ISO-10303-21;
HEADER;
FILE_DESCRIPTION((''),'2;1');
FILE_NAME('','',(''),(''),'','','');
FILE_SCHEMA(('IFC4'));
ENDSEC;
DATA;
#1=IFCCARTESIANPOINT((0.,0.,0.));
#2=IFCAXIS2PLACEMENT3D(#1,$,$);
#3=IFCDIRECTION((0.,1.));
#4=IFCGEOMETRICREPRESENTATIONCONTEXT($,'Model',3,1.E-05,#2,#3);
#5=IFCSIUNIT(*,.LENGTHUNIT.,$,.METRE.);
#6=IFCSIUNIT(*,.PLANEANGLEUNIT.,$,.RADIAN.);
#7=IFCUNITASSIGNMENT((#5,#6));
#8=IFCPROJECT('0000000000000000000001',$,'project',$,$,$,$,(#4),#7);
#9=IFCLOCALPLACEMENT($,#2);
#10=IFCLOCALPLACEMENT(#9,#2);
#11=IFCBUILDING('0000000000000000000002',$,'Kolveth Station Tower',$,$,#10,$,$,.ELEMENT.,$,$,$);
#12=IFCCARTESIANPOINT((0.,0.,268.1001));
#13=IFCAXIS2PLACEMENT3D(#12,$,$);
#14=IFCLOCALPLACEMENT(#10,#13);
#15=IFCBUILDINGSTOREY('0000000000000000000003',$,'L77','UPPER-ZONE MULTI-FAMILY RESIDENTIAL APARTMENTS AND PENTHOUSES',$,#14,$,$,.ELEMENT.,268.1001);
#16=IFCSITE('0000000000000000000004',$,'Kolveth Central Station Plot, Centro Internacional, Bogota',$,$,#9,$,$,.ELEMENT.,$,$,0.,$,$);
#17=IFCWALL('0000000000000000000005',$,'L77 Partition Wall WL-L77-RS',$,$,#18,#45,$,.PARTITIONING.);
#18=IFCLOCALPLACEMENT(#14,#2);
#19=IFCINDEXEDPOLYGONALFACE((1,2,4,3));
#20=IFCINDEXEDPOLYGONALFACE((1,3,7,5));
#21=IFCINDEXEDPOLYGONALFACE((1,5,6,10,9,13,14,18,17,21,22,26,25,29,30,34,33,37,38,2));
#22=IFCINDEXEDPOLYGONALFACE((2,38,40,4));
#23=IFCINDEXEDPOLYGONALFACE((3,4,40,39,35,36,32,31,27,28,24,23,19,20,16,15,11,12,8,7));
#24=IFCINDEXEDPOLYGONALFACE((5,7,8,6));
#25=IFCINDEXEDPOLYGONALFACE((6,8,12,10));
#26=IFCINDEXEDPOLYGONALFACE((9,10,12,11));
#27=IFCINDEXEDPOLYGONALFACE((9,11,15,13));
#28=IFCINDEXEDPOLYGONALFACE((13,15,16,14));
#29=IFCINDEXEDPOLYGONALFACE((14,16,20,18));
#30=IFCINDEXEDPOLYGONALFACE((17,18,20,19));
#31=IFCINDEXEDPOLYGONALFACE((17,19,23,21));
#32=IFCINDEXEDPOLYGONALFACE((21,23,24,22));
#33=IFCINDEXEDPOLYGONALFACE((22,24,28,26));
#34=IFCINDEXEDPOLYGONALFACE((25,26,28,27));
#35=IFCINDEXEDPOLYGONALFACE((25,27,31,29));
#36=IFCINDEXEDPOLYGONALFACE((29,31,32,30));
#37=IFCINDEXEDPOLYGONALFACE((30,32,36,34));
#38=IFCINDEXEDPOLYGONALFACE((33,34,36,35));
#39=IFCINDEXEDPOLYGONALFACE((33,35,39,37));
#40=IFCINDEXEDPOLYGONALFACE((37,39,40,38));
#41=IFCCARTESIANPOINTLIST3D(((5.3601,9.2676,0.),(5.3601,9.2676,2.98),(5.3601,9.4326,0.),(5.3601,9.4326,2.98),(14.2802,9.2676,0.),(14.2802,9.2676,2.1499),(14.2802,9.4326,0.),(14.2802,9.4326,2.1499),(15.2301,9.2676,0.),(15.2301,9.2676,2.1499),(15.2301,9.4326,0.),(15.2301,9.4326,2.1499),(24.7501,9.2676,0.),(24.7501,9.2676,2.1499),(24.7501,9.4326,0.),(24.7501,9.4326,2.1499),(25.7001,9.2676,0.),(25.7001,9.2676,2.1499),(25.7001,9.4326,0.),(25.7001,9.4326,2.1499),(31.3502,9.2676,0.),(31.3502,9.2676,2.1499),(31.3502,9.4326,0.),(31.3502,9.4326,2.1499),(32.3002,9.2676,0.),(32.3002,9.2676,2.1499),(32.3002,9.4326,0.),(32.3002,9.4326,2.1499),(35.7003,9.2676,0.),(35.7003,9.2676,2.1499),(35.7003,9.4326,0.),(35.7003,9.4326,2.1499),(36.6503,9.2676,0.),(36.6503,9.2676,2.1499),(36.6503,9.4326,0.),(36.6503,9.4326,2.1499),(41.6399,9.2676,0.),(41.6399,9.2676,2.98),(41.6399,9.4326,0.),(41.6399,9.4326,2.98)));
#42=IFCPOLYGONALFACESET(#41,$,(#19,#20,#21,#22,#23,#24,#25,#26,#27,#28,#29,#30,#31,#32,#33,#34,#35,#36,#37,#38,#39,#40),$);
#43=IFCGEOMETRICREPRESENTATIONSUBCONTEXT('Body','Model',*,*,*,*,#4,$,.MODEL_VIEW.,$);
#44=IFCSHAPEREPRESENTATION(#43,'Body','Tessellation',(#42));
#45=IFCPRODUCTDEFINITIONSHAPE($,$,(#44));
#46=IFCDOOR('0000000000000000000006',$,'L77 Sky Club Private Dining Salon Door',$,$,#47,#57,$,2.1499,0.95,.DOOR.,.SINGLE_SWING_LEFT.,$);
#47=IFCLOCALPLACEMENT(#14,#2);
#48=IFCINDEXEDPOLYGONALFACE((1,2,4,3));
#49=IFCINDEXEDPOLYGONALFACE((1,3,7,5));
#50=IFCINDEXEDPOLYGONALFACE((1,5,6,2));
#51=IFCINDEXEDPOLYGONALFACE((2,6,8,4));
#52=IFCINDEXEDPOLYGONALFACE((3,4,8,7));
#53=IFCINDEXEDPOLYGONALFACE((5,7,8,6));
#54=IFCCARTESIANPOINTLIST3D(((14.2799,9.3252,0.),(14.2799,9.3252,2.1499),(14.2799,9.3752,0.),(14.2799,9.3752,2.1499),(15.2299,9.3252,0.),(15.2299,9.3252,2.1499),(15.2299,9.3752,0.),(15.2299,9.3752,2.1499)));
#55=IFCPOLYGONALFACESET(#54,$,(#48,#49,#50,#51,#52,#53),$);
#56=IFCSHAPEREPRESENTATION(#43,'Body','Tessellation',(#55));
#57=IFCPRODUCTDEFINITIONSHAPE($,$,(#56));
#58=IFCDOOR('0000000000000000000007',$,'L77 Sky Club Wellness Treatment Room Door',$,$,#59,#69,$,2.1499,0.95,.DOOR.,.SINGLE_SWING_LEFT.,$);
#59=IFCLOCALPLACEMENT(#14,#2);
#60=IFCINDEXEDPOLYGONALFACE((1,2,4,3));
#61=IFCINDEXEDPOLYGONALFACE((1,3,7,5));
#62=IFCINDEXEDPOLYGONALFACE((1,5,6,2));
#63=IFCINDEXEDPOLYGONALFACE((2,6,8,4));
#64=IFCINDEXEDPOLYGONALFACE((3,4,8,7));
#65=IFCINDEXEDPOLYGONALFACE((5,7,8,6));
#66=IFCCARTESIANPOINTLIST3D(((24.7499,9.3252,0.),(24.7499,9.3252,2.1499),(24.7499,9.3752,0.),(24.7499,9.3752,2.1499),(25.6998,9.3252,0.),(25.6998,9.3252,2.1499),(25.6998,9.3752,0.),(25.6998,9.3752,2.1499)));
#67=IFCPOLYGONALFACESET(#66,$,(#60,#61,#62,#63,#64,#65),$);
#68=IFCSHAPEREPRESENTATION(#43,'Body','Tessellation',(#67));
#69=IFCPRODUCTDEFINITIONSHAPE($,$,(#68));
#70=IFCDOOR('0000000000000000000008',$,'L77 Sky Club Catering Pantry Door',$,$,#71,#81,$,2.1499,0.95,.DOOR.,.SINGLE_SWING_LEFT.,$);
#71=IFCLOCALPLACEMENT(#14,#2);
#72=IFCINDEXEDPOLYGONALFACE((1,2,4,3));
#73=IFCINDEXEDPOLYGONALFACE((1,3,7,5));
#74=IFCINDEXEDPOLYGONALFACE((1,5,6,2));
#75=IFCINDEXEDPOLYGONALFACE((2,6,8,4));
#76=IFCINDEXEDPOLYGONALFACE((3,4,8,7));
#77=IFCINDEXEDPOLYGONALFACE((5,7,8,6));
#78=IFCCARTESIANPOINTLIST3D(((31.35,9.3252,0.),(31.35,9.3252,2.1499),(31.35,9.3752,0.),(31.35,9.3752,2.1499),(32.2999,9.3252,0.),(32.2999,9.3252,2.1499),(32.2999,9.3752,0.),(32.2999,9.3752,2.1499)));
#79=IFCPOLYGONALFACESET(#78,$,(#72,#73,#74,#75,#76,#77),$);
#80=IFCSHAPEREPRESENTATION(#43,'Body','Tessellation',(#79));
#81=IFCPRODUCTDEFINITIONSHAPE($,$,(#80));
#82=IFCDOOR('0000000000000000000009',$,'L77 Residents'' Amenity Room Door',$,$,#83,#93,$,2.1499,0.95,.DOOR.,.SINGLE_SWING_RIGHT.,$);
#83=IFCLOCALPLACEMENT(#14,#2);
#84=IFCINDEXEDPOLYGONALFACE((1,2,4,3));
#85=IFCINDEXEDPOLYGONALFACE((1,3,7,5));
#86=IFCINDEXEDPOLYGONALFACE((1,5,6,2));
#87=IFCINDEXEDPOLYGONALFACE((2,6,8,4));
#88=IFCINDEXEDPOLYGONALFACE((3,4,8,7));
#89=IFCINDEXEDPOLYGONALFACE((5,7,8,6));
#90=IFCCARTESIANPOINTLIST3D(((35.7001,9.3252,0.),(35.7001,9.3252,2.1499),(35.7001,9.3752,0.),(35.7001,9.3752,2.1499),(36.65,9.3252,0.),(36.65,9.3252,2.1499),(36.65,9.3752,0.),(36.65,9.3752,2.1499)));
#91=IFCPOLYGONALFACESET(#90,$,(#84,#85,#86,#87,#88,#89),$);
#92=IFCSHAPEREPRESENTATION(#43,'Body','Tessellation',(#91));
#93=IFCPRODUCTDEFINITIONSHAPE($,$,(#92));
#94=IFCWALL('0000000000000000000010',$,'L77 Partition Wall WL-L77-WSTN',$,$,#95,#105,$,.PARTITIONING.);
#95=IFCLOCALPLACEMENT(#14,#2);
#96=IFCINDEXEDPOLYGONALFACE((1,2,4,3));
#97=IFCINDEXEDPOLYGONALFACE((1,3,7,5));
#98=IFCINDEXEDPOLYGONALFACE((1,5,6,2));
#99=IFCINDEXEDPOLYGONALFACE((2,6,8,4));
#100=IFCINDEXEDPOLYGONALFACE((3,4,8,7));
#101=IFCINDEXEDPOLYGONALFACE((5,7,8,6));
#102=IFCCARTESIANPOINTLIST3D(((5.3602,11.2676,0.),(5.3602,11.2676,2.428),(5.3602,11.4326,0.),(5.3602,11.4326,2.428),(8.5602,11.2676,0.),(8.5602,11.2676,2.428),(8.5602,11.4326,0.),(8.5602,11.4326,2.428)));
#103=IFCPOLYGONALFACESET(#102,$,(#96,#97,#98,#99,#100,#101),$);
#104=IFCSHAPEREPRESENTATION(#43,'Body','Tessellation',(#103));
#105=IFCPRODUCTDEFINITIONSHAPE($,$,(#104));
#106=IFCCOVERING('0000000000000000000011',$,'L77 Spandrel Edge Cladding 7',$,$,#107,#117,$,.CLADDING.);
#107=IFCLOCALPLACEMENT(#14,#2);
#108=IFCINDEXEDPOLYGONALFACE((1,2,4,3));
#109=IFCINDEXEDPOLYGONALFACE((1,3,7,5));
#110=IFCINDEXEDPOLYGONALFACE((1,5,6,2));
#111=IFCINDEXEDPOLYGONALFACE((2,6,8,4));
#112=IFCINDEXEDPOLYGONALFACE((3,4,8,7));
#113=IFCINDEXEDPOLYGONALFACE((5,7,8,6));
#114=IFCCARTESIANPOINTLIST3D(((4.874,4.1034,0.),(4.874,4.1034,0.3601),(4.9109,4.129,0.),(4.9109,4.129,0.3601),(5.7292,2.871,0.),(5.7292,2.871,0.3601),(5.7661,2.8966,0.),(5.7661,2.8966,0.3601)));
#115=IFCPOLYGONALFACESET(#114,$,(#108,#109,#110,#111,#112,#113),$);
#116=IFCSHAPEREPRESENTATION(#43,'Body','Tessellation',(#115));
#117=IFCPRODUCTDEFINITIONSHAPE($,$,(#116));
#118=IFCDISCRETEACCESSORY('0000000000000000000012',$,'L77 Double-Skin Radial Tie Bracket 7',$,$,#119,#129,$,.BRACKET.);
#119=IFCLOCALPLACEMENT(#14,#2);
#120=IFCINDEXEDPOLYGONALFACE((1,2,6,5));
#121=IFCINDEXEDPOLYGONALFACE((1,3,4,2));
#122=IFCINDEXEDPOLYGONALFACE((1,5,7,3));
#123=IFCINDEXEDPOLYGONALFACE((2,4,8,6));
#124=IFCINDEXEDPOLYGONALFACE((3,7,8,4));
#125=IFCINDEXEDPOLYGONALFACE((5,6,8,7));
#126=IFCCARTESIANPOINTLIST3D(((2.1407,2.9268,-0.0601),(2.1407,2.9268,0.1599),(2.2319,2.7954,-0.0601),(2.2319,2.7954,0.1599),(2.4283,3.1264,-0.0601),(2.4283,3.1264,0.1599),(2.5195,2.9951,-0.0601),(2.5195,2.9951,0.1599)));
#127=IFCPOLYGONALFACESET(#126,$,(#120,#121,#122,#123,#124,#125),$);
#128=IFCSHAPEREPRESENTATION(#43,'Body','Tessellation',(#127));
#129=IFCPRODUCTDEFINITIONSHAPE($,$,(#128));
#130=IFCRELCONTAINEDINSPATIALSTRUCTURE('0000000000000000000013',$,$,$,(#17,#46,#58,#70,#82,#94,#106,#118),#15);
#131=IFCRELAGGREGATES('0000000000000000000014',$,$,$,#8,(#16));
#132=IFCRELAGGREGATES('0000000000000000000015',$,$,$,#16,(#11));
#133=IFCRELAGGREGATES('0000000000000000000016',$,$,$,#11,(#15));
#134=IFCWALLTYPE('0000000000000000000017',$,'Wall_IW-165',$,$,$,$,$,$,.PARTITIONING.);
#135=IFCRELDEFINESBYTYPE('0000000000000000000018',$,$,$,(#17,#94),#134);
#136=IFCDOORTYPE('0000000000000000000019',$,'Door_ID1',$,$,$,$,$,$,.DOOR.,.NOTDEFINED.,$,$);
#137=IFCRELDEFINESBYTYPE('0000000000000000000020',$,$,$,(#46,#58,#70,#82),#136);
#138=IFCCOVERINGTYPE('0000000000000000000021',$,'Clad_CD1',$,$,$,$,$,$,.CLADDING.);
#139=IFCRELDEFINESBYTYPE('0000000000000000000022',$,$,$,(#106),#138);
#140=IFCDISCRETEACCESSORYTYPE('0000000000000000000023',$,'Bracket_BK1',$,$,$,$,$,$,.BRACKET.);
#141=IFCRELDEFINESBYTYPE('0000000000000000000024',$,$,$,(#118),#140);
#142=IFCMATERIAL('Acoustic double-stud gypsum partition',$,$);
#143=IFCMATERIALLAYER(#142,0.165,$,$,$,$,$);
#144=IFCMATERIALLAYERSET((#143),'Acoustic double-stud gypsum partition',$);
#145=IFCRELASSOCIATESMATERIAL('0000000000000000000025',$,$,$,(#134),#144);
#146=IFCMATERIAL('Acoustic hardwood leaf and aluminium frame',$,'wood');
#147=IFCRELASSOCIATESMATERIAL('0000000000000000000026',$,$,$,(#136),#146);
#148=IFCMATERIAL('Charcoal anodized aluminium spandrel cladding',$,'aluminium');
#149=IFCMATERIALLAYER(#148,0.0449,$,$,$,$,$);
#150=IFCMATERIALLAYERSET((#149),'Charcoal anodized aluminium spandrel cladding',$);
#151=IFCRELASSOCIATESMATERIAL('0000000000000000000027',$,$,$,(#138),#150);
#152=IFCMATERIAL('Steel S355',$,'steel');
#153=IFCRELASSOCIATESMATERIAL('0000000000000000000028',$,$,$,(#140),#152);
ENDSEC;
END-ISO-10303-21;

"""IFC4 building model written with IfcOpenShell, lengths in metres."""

from ifc_helpers import new_model, si_unit, direction, frame, frame_2d, origin, origin_2d, place, context, subcontext, project, spatial, rectangle, extrude, source, transform, mapped, material, layer, layer_set, type_object, element, fill, save


model = new_model("IFC4")

# Units and contexts
model_context = context("Model", 3, precision=1e-05, world=origin(), true_north=direction((0.0, 1.0)))
body_context = subcontext(model_context, "Body", "Model", "MODEL_VIEW")
ifc_project = project(units=[si_unit("LENGTHUNIT", "METRE"), si_unit("PLANEANGLEUNIT", "RADIAN")], contexts=[model_context])

# Site, building, storey
site_placement = place(None, origin())
site = spatial("IfcSite", under=ifc_project, at=site_placement, Name="Kolveth Central Station Plot, Centro Internacional, Bogota", CompositionType="ELEMENT", RefElevation=0.0)
building_placement = place(site_placement, origin())
building = spatial("IfcBuilding", under=site, at=building_placement, Name="Kolveth Station Tower", CompositionType="ELEMENT")
storey_placement = place(building_placement, frame((0.0, 0.0, 268.1001)))
storey = spatial("IfcBuildingStorey", under=building, at=storey_placement, Name="L77", Description="UPPER-ZONE MULTI-FAMILY RESIDENTIAL APARTMENTS AND PENTHOUSES", CompositionType="ELEMENT", Elevation=268.1001)

# Shared definitions
ifc_material_1 = material(Name="Steel S355", Category="steel")

# Wall, openings, doors
ifc_material_2 = material(Name="Acoustic double-stud gypsum partition")
ifc_layer_1 = layer(ifc_material_2, 0.165)
ifc_layer_set_1 = layer_set([ifc_layer_1], Name="Acoustic double-stud gypsum partition")
wall_type = type_object("IfcWallType", Name="Wall_IW-165", PredefinedType="PARTITIONING", material=ifc_layer_set_1)
wall_1_placement = place(storey_placement, frame((5.3601, 9.3501, 0.0), z_axis=(0.0, 0.0, 1.0), x_axis=(1.0, 0.0, 0.0)))
wall_1 = element("IfcWall", 1, at=wall_1_placement, inside=storey, type_object=wall_type, Name="L77 Partition Wall WL-L77-RS", PredefinedType="PARTITIONING", context=body_context, shape_type="SweptSolid", body=[
    extrude(rectangle(XDim=36.2798, YDim=0.165, at=frame_2d((18.1399, 0.0))), origin(), (0.0, 0.0, 1.0), 2.98),
])
opening_1_placement = place(wall_1_placement, frame((8.9199, 0.0, 0.0)))
opening_1 = element("IfcOpeningElement", 2, at=opening_1_placement, cuts=wall_1, PredefinedType="OPENING", context=body_context, shape_type="SweptSolid", body=[
    extrude(rectangle(XDim=0.95, YDim=2.1499, at=frame_2d((0.4751, 1.075))), frame((0.0, 0.0925, 0.0), z_axis=(0.0, -1.0, 0.0), x_axis=(1.0, 0.0, 0.0)), (0.0, 0.0, 1.0), 0.1851),
])
opening_2_placement = place(wall_1_placement, frame((19.3899, 0.0, 0.0)))
opening_2 = element("IfcOpeningElement", 3, at=opening_2_placement, cuts=wall_1, PredefinedType="OPENING", context=body_context, shape_type="SweptSolid", body=[
    extrude(rectangle(XDim=0.95, YDim=2.1499, at=frame_2d((0.4751, 1.075))), frame((0.0, 0.0925, 0.0), z_axis=(0.0, -1.0, 0.0), x_axis=(1.0, 0.0, 0.0)), (0.0, 0.0, 1.0), 0.1851),
])
opening_3_placement = place(wall_1_placement, frame((25.99, 0.0, 0.0)))
opening_3 = element("IfcOpeningElement", 4, at=opening_3_placement, cuts=wall_1, PredefinedType="OPENING", context=body_context, shape_type="SweptSolid", body=[
    extrude(rectangle(XDim=0.95, YDim=2.1499, at=frame_2d((0.4751, 1.075))), frame((0.0, 0.0925, 0.0), z_axis=(0.0, -1.0, 0.0), x_axis=(1.0, 0.0, 0.0)), (0.0, 0.0, 1.0), 0.1851),
])
opening_4_placement = place(wall_1_placement, frame((30.3401, 0.0, 0.0)))
opening_4 = element("IfcOpeningElement", 5, at=opening_4_placement, cuts=wall_1, PredefinedType="OPENING", context=body_context, shape_type="SweptSolid", body=[
    extrude(rectangle(XDim=0.95, YDim=2.1499, at=frame_2d((0.4751, 1.075))), frame((0.0, 0.0925, 0.0), z_axis=(0.0, -1.0, 0.0), x_axis=(1.0, 0.0, 0.0)), (0.0, 0.0, 1.0), 0.1851),
])
ifc_material_3 = material(Name="Acoustic hardwood leaf and aluminium frame", Category="wood")
door_type = type_object("IfcDoorType", Name="Door_ID1", OperationType="NOTDEFINED", PredefinedType="DOOR", material=ifc_material_3)
door_1_placement = place(opening_1_placement, frame((0.95, 0.0, 0.0), z_axis=(0.0, 0.0, 1.0), x_axis=(-1.0, 0.0, 0.0)))
door_1 = element("IfcDoor", 6, at=door_1_placement, inside=storey, type_object=door_type, Name="L77 Sky Club Private Dining Salon Door", OperationType="SINGLE_SWING_LEFT", OverallHeight=2.1499, OverallWidth=0.95, PredefinedType="DOOR", context=body_context, shape_type="SweptSolid", body=[
    extrude(rectangle(XDim=0.95, YDim=2.1499, at=frame_2d((0.4751, 1.075))), frame((0.0, 0.0249, 0.0), z_axis=(0.0, -1.0, 0.0), x_axis=(1.0, 0.0, 0.0)), (0.0, 0.0, 1.0), 0.05),
])
fill(opening_1, door_1)
door_2_placement = place(opening_2_placement, frame((0.95, 0.0, 0.0), z_axis=(0.0, 0.0, 1.0), x_axis=(-1.0, 0.0, 0.0)))
door_2 = element("IfcDoor", 7, at=door_2_placement, inside=storey, type_object=door_type, Name="L77 Sky Club Wellness Treatment Room Door", OperationType="SINGLE_SWING_LEFT", OverallHeight=2.1499, OverallWidth=0.95, PredefinedType="DOOR", context=body_context, shape_type="SweptSolid", body=[
    extrude(rectangle(XDim=0.95, YDim=2.1499, at=frame_2d((0.4751, 1.075))), frame((0.0, 0.0249, 0.0), z_axis=(0.0, -1.0, 0.0), x_axis=(1.0, 0.0, 0.0)), (0.0, 0.0, 1.0), 0.05),
])
fill(opening_2, door_2)
door_3_placement = place(opening_3_placement, frame((0.95, 0.0, 0.0), z_axis=(0.0, 0.0, 1.0), x_axis=(-1.0, 0.0, 0.0)))
door_3 = element("IfcDoor", 8, at=door_3_placement, inside=storey, type_object=door_type, Name="L77 Sky Club Catering Pantry Door", OperationType="SINGLE_SWING_LEFT", OverallHeight=2.1499, OverallWidth=0.95, PredefinedType="DOOR", context=body_context, shape_type="SweptSolid", body=[
    extrude(rectangle(XDim=0.95, YDim=2.1499, at=frame_2d((0.4751, 1.075))), frame((0.0, 0.0249, 0.0), z_axis=(0.0, -1.0, 0.0), x_axis=(1.0, 0.0, 0.0)), (0.0, 0.0, 1.0), 0.05),
])
fill(opening_3, door_3)
door_4_placement = place(opening_4_placement, frame((0.95, 0.0, 0.0), z_axis=(0.0, 0.0, 1.0), x_axis=(-1.0, 0.0, 0.0)))
door_4 = element("IfcDoor", 9, at=door_4_placement, inside=storey, type_object=door_type, Name="L77 Residents' Amenity Room Door", OperationType="SINGLE_SWING_RIGHT", OverallHeight=2.1499, OverallWidth=0.95, PredefinedType="DOOR", context=body_context, shape_type="SweptSolid", body=[
    extrude(rectangle(XDim=0.95, YDim=2.1499, at=frame_2d((0.4751, 1.075))), frame((0.0, 0.0249, 0.0), z_axis=(0.0, -1.0, 0.0), x_axis=(1.0, 0.0, 0.0)), (0.0, 0.0, 1.0), 0.05),
])
fill(opening_4, door_4)

# Wall
wall_2_placement = place(storey_placement, frame((5.3601, 11.3501, 0.0), z_axis=(0.0, 0.0, 1.0), x_axis=(1.0, 0.0, 0.0)))
element("IfcWall", 10, at=wall_2_placement, inside=storey, type_object=wall_type, Name="L77 Partition Wall WL-L77-WSTN", PredefinedType="PARTITIONING", context=body_context, shape_type="SweptSolid", body=[
    extrude(rectangle(XDim=3.2, YDim=0.165, at=frame_2d((1.6001, 0.0))), origin(), (0.0, 0.0, 1.0), 2.428),
])

# Covering
ifc_material_4 = material(Name="Charcoal anodized aluminium spandrel cladding", Category="aluminium")
ifc_layer_2 = layer(ifc_material_4, 0.0449)
ifc_layer_set_2 = layer_set([ifc_layer_2], Name="Charcoal anodized aluminium spandrel cladding")
covering_type = type_object("IfcCoveringType", Name="Clad_CD1", PredefinedType="CLADDING", material=ifc_layer_set_2)
shared_shape_1 = source(origin(), body_context, "Body", "SweptSolid", [
    extrude(rectangle(XDim=1.5, YDim=0.0449, at=origin_2d()), origin(), (0.0, 0.0, 1.0), 0.3601),
])
covering_placement = place(storey_placement, frame((5.3201, 3.5, 0.0), z_axis=(0.0, 0.0, 1.0), x_axis=(0.57014, -0.821547, 0.0)))
element("IfcCovering", 11, at=covering_placement, inside=storey, type_object=covering_type, Name="L77 Spandrel Edge Cladding 7", PredefinedType="CLADDING", context=body_context, shape_type="MappedRepresentation", body=[
    mapped(shared_shape_1, transform((0.0, 0.0, 0.0), x_axis=(1.0, 0.0, 0.0), y_axis=(0.0, 1.0, 0.0), z_axis=(0.0, 0.0, 1.0), scale=1.0)),
])

# Discrete accessory
discrete_accessory_type = type_object("IfcDiscreteAccessoryType", Name="Bracket_BK1", PredefinedType="BRACKET", material=ifc_material_1)
shared_shape_2 = source(origin(), body_context, "Body", "SweptSolid", [
    extrude(rectangle(XDim=0.3501, YDim=0.1599, at=origin_2d()), origin(), (0.0, 0.0, 1.0), 0.22),
])
discrete_accessory_placement = place(storey_placement, frame((2.3301, 2.9609, -0.0601), z_axis=(0.0, 0.0, 1.0), x_axis=(-0.821547, -0.57014, 0.0)))
element("IfcDiscreteAccessory", 12, at=discrete_accessory_placement, inside=storey, type_object=discrete_accessory_type, Name="L77 Double-Skin Radial Tie Bracket 7", PredefinedType="BRACKET", context=body_context, shape_type="MappedRepresentation", body=[
    mapped(shared_shape_2, transform((0.0, 0.0, 0.0), x_axis=(1.0, 0.0, 0.0), y_axis=(0.0, 1.0, 0.0), z_axis=(0.0, 0.0, 1.0), scale=1.0)),
])

save(model, "model.ifc")
